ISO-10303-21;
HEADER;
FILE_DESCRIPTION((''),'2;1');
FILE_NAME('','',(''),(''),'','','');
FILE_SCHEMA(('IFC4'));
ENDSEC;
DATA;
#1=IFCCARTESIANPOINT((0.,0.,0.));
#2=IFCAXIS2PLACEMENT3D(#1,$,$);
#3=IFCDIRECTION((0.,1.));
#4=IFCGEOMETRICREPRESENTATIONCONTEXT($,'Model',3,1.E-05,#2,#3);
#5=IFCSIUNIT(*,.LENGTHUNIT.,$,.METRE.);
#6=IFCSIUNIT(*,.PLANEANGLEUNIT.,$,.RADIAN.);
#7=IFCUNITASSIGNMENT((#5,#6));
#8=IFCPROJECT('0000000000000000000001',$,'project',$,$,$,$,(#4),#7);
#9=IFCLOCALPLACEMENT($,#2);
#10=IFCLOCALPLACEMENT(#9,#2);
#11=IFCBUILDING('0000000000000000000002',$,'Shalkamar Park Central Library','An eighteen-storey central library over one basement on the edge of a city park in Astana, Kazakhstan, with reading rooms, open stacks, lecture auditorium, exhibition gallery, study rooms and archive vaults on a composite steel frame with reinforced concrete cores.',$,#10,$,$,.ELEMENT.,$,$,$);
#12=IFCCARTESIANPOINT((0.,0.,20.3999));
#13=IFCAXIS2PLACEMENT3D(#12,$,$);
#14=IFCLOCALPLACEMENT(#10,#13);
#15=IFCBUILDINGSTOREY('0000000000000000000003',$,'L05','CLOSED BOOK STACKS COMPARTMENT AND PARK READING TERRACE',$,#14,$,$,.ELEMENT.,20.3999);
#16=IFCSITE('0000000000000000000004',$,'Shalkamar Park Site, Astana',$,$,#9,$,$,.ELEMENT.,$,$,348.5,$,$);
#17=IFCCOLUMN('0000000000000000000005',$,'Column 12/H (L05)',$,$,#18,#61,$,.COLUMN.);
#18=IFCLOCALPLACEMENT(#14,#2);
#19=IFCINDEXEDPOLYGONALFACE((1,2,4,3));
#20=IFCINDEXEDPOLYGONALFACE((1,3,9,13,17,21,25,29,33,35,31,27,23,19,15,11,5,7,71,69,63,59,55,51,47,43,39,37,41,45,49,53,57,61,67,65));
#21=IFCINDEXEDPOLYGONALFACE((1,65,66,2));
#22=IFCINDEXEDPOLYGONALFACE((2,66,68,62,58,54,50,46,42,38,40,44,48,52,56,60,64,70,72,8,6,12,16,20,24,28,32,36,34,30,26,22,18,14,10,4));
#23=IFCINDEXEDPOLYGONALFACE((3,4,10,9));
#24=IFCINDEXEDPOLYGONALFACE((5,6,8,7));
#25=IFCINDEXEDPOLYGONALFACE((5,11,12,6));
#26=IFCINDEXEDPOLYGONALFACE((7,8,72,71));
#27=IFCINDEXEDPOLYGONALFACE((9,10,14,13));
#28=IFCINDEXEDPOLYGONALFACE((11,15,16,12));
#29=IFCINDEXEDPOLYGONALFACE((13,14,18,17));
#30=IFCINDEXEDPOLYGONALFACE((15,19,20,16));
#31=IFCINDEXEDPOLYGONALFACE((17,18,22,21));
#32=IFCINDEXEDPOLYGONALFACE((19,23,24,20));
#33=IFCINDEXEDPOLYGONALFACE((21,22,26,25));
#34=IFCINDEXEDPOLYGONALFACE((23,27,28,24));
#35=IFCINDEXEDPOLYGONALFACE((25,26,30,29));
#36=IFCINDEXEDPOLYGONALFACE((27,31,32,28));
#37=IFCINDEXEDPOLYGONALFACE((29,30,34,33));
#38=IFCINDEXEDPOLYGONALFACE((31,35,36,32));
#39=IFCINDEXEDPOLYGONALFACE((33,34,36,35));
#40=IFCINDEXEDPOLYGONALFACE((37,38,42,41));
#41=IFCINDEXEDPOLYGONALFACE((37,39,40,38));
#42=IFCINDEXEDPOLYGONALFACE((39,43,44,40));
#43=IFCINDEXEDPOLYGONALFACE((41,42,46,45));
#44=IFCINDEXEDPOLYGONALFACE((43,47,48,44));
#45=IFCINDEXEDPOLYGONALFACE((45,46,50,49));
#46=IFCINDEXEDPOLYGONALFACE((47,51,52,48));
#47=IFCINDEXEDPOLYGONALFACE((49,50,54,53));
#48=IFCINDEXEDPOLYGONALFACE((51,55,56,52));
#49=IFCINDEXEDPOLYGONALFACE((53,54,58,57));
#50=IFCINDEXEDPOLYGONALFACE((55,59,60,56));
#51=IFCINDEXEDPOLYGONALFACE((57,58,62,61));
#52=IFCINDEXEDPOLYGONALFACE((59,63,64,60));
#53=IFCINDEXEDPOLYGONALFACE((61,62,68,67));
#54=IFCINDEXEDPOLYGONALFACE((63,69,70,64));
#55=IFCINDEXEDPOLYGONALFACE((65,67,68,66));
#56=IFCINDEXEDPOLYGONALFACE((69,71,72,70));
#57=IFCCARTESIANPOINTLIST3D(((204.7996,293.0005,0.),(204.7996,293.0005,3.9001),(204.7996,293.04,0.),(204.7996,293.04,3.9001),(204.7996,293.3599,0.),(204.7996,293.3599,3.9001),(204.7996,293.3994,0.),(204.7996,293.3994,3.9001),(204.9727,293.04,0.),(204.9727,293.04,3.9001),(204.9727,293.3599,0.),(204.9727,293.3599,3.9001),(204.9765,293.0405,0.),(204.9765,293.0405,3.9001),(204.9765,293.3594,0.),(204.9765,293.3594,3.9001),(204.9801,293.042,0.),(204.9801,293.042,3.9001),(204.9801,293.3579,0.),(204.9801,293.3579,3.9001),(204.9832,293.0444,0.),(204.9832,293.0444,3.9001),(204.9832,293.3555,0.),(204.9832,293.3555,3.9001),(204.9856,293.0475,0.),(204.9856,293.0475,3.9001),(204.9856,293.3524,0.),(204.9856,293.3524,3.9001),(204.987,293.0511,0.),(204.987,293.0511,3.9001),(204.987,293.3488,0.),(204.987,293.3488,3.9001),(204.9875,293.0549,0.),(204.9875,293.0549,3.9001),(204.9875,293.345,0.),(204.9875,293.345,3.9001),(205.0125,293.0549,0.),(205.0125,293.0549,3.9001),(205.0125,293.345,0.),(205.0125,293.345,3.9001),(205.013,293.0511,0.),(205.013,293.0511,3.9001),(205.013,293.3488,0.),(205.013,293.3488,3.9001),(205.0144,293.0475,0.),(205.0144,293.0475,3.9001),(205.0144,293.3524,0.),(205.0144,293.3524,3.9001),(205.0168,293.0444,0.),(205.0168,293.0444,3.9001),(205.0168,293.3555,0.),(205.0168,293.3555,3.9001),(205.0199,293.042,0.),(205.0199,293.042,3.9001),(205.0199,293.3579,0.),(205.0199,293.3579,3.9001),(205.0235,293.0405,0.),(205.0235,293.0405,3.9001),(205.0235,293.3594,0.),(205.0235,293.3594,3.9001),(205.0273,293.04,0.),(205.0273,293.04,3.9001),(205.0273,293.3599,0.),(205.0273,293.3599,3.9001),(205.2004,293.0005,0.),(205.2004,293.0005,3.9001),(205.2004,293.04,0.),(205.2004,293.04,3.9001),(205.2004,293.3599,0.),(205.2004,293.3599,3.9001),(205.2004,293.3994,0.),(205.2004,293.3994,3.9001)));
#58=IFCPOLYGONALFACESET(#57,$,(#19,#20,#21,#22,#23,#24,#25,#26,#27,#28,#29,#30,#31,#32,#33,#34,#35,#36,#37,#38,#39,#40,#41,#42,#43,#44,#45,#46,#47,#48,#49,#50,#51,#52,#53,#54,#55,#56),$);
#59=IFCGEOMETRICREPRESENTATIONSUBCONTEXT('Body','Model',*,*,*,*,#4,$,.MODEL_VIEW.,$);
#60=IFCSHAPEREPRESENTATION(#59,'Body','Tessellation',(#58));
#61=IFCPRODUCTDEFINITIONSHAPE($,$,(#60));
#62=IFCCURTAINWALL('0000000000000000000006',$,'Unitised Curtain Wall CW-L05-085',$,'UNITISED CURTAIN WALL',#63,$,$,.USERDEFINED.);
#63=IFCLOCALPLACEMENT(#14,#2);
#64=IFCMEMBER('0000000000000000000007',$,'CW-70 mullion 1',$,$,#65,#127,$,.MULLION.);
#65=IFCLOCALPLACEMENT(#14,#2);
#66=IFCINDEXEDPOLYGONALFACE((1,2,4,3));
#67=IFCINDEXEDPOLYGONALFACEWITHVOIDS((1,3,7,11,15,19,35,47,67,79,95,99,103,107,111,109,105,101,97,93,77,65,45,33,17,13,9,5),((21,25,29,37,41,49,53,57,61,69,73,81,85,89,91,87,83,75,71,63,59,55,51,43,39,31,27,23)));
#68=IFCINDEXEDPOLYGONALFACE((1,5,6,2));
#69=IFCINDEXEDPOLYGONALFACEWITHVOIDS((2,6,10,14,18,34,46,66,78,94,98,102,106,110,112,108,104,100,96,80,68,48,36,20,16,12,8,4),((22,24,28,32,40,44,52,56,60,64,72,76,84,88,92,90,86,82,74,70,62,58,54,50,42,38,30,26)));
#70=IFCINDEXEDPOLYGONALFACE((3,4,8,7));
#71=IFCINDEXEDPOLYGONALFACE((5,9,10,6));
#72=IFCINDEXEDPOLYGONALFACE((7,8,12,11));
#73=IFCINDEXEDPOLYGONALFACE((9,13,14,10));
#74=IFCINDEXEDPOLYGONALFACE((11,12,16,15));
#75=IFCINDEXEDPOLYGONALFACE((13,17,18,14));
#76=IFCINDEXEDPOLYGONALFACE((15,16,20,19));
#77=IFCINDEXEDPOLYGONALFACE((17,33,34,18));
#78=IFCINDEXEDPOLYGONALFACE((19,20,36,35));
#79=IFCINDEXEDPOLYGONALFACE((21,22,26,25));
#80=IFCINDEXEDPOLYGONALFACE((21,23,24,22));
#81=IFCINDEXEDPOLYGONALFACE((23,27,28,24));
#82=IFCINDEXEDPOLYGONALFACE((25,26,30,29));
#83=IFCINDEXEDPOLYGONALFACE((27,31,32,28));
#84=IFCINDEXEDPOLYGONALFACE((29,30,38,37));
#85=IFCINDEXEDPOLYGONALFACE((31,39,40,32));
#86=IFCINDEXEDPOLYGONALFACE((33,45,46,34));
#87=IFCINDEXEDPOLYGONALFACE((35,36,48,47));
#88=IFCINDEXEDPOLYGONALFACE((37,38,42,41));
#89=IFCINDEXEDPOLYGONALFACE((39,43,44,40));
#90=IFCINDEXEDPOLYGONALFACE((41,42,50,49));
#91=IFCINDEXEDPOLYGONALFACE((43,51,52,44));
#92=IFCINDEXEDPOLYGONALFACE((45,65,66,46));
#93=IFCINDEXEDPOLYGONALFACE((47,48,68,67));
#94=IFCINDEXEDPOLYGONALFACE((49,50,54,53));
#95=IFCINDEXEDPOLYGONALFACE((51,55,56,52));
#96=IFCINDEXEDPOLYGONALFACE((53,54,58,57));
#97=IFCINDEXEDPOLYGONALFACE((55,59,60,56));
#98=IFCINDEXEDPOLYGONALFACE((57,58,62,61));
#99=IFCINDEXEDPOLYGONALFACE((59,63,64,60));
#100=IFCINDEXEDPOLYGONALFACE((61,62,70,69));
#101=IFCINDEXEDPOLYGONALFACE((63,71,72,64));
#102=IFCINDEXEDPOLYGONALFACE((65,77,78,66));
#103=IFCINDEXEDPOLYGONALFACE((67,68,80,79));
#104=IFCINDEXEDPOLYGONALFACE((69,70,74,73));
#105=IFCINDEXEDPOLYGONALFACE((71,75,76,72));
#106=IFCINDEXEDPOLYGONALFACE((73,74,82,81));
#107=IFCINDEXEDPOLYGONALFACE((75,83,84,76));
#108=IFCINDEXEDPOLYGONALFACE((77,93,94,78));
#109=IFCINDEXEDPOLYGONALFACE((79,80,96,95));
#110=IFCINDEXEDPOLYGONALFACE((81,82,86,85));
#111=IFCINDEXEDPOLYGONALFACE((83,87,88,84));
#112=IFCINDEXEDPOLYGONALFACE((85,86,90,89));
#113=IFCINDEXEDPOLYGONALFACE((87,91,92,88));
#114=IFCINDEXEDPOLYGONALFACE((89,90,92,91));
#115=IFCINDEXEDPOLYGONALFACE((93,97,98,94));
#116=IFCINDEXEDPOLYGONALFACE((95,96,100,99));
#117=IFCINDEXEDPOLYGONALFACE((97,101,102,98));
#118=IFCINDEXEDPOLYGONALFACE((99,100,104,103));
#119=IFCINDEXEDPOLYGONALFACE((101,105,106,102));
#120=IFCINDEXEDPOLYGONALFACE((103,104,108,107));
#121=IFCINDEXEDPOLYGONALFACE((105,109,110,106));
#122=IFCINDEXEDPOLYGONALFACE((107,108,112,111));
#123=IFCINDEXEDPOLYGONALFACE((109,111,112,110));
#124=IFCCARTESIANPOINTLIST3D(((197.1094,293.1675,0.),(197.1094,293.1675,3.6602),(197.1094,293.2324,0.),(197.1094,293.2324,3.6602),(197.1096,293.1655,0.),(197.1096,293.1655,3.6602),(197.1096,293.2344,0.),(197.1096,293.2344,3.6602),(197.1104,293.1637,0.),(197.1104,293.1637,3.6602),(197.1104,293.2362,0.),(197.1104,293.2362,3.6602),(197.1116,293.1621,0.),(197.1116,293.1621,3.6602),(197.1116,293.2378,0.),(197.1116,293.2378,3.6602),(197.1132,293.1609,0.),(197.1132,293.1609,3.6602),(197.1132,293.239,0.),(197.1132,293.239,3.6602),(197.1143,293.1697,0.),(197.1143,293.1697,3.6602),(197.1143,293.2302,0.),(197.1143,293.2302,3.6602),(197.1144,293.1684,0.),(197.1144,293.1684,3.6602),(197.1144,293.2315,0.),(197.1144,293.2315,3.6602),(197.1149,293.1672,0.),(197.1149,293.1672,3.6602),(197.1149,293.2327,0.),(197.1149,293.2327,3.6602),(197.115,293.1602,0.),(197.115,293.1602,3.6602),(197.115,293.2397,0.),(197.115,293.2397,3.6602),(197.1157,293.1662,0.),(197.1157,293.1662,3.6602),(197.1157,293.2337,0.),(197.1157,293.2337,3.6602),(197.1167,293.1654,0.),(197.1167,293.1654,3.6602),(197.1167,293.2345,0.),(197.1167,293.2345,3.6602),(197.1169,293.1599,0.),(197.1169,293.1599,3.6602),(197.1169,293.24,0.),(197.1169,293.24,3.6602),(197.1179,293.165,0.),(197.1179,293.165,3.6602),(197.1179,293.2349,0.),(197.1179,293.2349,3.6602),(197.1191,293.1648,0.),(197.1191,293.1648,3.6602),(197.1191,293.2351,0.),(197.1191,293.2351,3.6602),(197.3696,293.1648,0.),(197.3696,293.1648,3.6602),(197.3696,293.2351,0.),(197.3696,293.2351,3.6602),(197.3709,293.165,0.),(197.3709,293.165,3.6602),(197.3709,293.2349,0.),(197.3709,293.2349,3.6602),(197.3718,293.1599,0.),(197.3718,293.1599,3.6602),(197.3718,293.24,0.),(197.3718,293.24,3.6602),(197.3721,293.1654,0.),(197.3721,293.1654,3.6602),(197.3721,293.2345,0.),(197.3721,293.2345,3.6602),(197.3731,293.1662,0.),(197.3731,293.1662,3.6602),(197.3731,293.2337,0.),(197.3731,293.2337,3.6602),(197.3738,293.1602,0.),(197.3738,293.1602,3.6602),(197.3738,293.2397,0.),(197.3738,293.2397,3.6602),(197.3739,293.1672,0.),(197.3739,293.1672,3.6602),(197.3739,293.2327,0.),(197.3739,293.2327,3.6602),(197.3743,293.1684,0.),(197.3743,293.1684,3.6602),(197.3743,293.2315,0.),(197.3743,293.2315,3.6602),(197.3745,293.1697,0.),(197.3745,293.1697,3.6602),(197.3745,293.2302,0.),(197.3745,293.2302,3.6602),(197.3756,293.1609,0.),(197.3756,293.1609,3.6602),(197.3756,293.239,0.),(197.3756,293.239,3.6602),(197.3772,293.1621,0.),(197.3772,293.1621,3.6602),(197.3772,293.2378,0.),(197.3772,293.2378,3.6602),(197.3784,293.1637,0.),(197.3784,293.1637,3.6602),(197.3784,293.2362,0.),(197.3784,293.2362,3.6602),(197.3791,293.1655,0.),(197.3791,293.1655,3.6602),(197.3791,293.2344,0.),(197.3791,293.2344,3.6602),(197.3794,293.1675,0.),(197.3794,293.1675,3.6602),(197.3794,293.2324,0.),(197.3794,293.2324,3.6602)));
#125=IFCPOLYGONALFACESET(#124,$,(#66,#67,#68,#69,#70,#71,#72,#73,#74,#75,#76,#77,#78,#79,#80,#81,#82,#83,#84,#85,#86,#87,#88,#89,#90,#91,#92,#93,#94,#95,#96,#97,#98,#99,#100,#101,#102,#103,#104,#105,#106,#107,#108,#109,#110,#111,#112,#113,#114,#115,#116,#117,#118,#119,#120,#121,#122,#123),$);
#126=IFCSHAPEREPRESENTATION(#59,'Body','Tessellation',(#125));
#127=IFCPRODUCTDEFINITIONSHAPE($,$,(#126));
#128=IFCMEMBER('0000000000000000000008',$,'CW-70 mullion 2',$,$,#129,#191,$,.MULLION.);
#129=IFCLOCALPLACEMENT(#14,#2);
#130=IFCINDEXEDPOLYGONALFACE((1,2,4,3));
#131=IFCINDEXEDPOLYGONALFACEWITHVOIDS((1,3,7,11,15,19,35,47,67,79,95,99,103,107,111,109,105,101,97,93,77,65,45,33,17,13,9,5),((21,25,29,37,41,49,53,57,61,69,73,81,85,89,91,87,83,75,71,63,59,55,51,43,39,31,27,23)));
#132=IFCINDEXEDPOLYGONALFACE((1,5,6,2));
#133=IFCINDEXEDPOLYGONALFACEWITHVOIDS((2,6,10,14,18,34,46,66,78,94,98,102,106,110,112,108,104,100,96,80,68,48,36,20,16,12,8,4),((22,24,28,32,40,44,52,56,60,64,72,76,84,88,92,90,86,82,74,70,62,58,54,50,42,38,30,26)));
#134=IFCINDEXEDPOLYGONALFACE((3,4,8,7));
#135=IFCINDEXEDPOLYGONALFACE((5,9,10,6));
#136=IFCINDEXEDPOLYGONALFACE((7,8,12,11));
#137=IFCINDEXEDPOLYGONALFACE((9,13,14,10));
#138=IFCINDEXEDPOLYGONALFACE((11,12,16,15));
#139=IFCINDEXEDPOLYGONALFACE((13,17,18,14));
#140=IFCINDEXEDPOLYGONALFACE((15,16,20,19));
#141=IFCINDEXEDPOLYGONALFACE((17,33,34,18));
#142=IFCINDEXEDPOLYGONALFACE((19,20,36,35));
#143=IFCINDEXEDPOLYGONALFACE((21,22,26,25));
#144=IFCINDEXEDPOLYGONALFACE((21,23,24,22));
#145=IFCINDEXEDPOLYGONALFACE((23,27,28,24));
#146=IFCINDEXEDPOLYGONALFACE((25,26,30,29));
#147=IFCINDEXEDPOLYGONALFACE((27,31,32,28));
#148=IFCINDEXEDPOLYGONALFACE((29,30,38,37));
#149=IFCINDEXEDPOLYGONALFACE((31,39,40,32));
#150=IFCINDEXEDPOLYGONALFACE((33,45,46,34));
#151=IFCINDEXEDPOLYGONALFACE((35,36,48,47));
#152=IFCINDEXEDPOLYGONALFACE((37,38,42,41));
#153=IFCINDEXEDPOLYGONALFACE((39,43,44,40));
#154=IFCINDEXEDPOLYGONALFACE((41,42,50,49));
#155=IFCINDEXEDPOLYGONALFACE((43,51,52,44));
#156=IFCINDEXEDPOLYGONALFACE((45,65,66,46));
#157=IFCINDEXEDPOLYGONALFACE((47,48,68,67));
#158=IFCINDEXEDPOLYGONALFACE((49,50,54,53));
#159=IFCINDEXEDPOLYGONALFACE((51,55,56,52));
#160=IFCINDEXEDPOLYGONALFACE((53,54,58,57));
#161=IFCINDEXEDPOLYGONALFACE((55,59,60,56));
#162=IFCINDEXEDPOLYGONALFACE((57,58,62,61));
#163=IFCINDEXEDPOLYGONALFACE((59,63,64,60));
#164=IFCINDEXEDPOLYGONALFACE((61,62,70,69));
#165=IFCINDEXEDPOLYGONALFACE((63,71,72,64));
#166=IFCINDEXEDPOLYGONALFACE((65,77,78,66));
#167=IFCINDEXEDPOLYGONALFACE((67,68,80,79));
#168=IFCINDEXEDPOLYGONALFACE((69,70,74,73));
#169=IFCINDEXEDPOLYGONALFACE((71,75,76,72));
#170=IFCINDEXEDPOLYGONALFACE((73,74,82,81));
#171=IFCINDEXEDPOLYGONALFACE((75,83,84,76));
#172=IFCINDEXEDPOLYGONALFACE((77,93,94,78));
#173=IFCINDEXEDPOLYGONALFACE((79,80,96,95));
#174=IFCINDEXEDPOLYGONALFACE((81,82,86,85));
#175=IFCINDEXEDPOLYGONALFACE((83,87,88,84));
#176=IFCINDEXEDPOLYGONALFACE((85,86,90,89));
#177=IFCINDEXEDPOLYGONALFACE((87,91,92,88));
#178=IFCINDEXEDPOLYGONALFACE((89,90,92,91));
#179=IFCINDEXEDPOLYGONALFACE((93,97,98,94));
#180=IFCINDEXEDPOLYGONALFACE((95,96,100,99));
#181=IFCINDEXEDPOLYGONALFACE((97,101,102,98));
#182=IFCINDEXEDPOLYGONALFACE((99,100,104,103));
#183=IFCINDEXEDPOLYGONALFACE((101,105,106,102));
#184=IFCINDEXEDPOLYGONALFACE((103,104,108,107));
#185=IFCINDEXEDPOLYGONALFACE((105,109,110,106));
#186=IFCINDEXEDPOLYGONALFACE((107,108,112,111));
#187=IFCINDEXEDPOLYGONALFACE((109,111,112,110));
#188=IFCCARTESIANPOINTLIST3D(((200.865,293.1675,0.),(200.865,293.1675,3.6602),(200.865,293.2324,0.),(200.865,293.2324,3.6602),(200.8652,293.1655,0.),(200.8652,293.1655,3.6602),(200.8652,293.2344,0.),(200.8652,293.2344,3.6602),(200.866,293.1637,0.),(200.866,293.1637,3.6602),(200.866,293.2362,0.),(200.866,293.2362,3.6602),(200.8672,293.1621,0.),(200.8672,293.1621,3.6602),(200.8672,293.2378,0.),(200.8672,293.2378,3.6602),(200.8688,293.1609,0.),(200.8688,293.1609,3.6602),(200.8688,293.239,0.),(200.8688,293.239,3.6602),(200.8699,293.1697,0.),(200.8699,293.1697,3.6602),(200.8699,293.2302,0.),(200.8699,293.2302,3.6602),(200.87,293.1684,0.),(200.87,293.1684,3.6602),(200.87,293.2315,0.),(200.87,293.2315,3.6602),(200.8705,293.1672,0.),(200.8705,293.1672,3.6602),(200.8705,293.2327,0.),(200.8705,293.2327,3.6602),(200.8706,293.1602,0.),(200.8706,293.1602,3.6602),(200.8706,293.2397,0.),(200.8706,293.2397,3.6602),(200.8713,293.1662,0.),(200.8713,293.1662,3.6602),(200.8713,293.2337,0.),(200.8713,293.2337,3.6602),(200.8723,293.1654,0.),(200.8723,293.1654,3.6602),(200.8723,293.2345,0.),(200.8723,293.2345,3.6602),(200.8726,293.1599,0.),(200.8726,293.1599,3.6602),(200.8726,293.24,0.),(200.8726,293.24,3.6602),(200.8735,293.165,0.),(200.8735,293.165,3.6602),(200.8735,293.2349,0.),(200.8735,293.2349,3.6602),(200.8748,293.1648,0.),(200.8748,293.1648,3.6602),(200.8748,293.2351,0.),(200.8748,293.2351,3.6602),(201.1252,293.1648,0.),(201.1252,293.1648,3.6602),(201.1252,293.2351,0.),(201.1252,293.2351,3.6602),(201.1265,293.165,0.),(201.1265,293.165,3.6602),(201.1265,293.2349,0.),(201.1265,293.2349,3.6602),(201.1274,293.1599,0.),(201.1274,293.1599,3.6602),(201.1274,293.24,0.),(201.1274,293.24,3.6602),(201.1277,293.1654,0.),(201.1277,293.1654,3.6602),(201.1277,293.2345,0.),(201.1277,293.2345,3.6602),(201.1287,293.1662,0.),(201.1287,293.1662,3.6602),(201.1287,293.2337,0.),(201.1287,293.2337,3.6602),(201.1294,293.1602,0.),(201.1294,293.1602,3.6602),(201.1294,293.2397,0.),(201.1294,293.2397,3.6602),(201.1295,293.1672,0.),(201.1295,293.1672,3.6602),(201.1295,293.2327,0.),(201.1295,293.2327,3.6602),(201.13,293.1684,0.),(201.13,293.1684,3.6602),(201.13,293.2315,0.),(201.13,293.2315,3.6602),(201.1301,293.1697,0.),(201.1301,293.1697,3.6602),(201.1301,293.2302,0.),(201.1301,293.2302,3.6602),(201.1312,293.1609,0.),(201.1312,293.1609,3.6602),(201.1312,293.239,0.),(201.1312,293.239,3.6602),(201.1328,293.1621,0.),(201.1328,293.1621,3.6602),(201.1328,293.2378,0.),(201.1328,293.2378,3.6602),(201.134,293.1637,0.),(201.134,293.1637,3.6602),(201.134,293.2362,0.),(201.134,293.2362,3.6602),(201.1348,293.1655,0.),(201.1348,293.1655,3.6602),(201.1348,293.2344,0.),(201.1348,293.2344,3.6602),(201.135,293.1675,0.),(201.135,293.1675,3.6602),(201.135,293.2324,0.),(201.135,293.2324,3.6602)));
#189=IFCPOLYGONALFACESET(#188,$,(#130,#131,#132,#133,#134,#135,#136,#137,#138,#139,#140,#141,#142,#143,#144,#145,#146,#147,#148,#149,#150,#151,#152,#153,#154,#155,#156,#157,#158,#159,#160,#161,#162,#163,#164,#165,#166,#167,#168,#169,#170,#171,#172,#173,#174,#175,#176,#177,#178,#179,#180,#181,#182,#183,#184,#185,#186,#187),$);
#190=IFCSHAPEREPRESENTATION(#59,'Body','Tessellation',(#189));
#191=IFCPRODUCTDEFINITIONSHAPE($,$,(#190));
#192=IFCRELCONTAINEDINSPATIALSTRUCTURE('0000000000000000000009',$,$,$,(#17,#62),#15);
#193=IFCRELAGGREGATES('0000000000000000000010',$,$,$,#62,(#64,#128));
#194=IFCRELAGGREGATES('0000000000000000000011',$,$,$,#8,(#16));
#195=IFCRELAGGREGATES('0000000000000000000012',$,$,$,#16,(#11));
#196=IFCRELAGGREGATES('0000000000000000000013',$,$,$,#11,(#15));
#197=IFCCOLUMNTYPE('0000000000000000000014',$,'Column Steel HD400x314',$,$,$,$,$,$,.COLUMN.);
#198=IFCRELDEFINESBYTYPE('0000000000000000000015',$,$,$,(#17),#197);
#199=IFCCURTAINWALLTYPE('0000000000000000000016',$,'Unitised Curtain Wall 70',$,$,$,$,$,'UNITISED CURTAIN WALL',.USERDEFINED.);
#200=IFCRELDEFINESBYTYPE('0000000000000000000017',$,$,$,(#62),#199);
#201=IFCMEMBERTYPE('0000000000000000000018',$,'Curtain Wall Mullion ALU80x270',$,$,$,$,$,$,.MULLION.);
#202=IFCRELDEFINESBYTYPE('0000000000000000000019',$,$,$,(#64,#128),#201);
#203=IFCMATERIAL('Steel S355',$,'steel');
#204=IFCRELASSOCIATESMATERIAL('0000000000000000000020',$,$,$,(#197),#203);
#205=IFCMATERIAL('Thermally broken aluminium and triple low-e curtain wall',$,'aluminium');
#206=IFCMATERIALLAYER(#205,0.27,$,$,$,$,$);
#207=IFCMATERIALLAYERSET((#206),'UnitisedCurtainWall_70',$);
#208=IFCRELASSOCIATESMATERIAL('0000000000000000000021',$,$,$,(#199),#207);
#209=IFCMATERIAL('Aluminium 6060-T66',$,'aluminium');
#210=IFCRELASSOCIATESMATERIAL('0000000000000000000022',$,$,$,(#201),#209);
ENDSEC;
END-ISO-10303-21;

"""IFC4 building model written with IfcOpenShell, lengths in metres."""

from ifc_helpers import new_model, si_unit, direction, frame, origin, origin_2d, place, context, subcontext, project, spatial, hollow_rectangle, i_section, extrude, material, layer, layer_set, material_profile, profile_set, type_object, element, aggregate, save


model = new_model("IFC4")

# Units and contexts
model_context = context("Model", 3, precision=1e-05, world=origin(), true_north=direction((0.0, 1.0)))
body_context = subcontext(model_context, "Body", "Model", "MODEL_VIEW")
ifc_project = project(units=[si_unit("LENGTHUNIT", "METRE"), si_unit("PLANEANGLEUNIT", "RADIAN")], contexts=[model_context])

# Site, building, storey
site_placement = place(None, origin())
site = spatial("IfcSite", under=ifc_project, at=site_placement, Name="Shalkamar Park Site, Astana", CompositionType="ELEMENT", RefElevation=348.5)
building_placement = place(site_placement, origin())
building = spatial("IfcBuilding", under=site, at=building_placement, Name="Shalkamar Park Central Library", Description="An eighteen-storey central library over one basement on the edge of a city park in Astana, Kazakhstan, with reading rooms, open stacks, lecture auditorium, exhibition gallery, study rooms and archive vaults on a composite steel frame with reinforced concrete cores.", CompositionType="ELEMENT")
storey_placement = place(building_placement, frame((0.0, 0.0, 20.3999)))
storey = spatial("IfcBuildingStorey", under=building, at=storey_placement, Name="L05", Description="CLOSED BOOK STACKS COMPARTMENT AND PARK READING TERRACE", CompositionType="ELEMENT", Elevation=20.3999)

# Column
ifc_material_1 = material(Name="Steel S355", Category="steel")
ifc_material_profile_1 = material_profile(ifc_material_1, i_section(OverallWidth=0.4009, OverallDepth=0.3989, WebThickness=0.0249, FlangeThickness=0.0396, FilletRadius=0.0149, at=origin_2d()), Name="HD 400x314")
ifc_profile_set_1 = profile_set([ifc_material_profile_1], Name="Steel S355")
column_type = type_object("IfcColumnType", Name="Column Steel HD400x314", PredefinedType="COLUMN", material=ifc_profile_set_1)
column_placement = place(storey_placement, frame((205.0, 293.2, 0.0), z_axis=(0.0, 0.0, 1.0), x_axis=(1.0, 0.0, 0.0)))
element("IfcColumn", 1, at=column_placement, inside=storey, type_object=column_type, Name="Column 12/H (L05)", PredefinedType="COLUMN", context=body_context, shape_type="SweptSolid", body=[
    extrude(i_section(OverallWidth=0.4009, OverallDepth=0.3989, WebThickness=0.0249, FlangeThickness=0.0396, FilletRadius=0.0149, at=origin_2d()), origin(), (0.0, 0.0, 1.0), 3.9001),
])

# Curtain wall, members
ifc_material_2 = material(Name="Thermally broken aluminium and triple low-e curtain wall", Category="aluminium")
ifc_layer_1 = layer(ifc_material_2, 0.27)
ifc_layer_set_1 = layer_set([ifc_layer_1], Name="UnitisedCurtainWall_70")
curtain_wall_type = type_object("IfcCurtainWallType", Name="Unitised Curtain Wall 70", ElementType="UNITISED CURTAIN WALL", PredefinedType="USERDEFINED", material=ifc_layer_set_1)
curtain_wall_placement = place(storey_placement, origin())
curtain_wall = element("IfcCurtainWall", 2, at=curtain_wall_placement, inside=storey, type_object=curtain_wall_type, Name="Unitised Curtain Wall CW-L05-085", ObjectType="UNITISED CURTAIN WALL", PredefinedType="USERDEFINED")
ifc_material_3 = material(Name="Aluminium 6060-T66", Category="aluminium")
ifc_material_profile_2 = material_profile(ifc_material_3, hollow_rectangle(XDim=0.0801, YDim=0.27, WallThickness=0.0049, InnerFilletRadius=0.0049, OuterFilletRadius=0.0076, at=origin_2d()), Name="ALU 80x270x5")
ifc_profile_set_2 = profile_set([ifc_material_profile_2], Name="Aluminium 6060-T66")
member_type_1 = type_object("IfcMemberType", Name="Curtain Wall Mullion ALU80x270", PredefinedType="MULLION", material=ifc_profile_set_2)
member_1_placement = place(storey_placement, frame((197.2444, 293.2, 0.0), z_axis=(0.0, 0.0, 1.0), x_axis=(0.0, 1.0, 0.0)))
member_1 = element("IfcMember", 3, at=member_1_placement, type_object=member_type_1, Name="CW-70 mullion 1", PredefinedType="MULLION", context=body_context, shape_type="SweptSolid", body=[
    extrude(hollow_rectangle(XDim=0.0801, YDim=0.27, WallThickness=0.0049, InnerFilletRadius=0.0049, OuterFilletRadius=0.0076, at=origin_2d()), origin(), (0.0, 0.0, 1.0), 3.6602),
])
member_2_placement = place(storey_placement, frame((201.0, 293.2, 0.0), z_axis=(0.0, 0.0, 1.0), x_axis=(0.0, 1.0, 0.0)))
member_2 = element("IfcMember", 4, at=member_2_placement, type_object=member_type_1, Name="CW-70 mullion 2", PredefinedType="MULLION", context=body_context, shape_type="SweptSolid", body=[
    extrude(hollow_rectangle(XDim=0.0801, YDim=0.27, WallThickness=0.0049, InnerFilletRadius=0.0049, OuterFilletRadius=0.0076, at=origin_2d()), origin(), (0.0, 0.0, 1.0), 3.6602),
])

aggregate(curtain_wall, [member_1, member_2])

save(model, "model.ifc")
